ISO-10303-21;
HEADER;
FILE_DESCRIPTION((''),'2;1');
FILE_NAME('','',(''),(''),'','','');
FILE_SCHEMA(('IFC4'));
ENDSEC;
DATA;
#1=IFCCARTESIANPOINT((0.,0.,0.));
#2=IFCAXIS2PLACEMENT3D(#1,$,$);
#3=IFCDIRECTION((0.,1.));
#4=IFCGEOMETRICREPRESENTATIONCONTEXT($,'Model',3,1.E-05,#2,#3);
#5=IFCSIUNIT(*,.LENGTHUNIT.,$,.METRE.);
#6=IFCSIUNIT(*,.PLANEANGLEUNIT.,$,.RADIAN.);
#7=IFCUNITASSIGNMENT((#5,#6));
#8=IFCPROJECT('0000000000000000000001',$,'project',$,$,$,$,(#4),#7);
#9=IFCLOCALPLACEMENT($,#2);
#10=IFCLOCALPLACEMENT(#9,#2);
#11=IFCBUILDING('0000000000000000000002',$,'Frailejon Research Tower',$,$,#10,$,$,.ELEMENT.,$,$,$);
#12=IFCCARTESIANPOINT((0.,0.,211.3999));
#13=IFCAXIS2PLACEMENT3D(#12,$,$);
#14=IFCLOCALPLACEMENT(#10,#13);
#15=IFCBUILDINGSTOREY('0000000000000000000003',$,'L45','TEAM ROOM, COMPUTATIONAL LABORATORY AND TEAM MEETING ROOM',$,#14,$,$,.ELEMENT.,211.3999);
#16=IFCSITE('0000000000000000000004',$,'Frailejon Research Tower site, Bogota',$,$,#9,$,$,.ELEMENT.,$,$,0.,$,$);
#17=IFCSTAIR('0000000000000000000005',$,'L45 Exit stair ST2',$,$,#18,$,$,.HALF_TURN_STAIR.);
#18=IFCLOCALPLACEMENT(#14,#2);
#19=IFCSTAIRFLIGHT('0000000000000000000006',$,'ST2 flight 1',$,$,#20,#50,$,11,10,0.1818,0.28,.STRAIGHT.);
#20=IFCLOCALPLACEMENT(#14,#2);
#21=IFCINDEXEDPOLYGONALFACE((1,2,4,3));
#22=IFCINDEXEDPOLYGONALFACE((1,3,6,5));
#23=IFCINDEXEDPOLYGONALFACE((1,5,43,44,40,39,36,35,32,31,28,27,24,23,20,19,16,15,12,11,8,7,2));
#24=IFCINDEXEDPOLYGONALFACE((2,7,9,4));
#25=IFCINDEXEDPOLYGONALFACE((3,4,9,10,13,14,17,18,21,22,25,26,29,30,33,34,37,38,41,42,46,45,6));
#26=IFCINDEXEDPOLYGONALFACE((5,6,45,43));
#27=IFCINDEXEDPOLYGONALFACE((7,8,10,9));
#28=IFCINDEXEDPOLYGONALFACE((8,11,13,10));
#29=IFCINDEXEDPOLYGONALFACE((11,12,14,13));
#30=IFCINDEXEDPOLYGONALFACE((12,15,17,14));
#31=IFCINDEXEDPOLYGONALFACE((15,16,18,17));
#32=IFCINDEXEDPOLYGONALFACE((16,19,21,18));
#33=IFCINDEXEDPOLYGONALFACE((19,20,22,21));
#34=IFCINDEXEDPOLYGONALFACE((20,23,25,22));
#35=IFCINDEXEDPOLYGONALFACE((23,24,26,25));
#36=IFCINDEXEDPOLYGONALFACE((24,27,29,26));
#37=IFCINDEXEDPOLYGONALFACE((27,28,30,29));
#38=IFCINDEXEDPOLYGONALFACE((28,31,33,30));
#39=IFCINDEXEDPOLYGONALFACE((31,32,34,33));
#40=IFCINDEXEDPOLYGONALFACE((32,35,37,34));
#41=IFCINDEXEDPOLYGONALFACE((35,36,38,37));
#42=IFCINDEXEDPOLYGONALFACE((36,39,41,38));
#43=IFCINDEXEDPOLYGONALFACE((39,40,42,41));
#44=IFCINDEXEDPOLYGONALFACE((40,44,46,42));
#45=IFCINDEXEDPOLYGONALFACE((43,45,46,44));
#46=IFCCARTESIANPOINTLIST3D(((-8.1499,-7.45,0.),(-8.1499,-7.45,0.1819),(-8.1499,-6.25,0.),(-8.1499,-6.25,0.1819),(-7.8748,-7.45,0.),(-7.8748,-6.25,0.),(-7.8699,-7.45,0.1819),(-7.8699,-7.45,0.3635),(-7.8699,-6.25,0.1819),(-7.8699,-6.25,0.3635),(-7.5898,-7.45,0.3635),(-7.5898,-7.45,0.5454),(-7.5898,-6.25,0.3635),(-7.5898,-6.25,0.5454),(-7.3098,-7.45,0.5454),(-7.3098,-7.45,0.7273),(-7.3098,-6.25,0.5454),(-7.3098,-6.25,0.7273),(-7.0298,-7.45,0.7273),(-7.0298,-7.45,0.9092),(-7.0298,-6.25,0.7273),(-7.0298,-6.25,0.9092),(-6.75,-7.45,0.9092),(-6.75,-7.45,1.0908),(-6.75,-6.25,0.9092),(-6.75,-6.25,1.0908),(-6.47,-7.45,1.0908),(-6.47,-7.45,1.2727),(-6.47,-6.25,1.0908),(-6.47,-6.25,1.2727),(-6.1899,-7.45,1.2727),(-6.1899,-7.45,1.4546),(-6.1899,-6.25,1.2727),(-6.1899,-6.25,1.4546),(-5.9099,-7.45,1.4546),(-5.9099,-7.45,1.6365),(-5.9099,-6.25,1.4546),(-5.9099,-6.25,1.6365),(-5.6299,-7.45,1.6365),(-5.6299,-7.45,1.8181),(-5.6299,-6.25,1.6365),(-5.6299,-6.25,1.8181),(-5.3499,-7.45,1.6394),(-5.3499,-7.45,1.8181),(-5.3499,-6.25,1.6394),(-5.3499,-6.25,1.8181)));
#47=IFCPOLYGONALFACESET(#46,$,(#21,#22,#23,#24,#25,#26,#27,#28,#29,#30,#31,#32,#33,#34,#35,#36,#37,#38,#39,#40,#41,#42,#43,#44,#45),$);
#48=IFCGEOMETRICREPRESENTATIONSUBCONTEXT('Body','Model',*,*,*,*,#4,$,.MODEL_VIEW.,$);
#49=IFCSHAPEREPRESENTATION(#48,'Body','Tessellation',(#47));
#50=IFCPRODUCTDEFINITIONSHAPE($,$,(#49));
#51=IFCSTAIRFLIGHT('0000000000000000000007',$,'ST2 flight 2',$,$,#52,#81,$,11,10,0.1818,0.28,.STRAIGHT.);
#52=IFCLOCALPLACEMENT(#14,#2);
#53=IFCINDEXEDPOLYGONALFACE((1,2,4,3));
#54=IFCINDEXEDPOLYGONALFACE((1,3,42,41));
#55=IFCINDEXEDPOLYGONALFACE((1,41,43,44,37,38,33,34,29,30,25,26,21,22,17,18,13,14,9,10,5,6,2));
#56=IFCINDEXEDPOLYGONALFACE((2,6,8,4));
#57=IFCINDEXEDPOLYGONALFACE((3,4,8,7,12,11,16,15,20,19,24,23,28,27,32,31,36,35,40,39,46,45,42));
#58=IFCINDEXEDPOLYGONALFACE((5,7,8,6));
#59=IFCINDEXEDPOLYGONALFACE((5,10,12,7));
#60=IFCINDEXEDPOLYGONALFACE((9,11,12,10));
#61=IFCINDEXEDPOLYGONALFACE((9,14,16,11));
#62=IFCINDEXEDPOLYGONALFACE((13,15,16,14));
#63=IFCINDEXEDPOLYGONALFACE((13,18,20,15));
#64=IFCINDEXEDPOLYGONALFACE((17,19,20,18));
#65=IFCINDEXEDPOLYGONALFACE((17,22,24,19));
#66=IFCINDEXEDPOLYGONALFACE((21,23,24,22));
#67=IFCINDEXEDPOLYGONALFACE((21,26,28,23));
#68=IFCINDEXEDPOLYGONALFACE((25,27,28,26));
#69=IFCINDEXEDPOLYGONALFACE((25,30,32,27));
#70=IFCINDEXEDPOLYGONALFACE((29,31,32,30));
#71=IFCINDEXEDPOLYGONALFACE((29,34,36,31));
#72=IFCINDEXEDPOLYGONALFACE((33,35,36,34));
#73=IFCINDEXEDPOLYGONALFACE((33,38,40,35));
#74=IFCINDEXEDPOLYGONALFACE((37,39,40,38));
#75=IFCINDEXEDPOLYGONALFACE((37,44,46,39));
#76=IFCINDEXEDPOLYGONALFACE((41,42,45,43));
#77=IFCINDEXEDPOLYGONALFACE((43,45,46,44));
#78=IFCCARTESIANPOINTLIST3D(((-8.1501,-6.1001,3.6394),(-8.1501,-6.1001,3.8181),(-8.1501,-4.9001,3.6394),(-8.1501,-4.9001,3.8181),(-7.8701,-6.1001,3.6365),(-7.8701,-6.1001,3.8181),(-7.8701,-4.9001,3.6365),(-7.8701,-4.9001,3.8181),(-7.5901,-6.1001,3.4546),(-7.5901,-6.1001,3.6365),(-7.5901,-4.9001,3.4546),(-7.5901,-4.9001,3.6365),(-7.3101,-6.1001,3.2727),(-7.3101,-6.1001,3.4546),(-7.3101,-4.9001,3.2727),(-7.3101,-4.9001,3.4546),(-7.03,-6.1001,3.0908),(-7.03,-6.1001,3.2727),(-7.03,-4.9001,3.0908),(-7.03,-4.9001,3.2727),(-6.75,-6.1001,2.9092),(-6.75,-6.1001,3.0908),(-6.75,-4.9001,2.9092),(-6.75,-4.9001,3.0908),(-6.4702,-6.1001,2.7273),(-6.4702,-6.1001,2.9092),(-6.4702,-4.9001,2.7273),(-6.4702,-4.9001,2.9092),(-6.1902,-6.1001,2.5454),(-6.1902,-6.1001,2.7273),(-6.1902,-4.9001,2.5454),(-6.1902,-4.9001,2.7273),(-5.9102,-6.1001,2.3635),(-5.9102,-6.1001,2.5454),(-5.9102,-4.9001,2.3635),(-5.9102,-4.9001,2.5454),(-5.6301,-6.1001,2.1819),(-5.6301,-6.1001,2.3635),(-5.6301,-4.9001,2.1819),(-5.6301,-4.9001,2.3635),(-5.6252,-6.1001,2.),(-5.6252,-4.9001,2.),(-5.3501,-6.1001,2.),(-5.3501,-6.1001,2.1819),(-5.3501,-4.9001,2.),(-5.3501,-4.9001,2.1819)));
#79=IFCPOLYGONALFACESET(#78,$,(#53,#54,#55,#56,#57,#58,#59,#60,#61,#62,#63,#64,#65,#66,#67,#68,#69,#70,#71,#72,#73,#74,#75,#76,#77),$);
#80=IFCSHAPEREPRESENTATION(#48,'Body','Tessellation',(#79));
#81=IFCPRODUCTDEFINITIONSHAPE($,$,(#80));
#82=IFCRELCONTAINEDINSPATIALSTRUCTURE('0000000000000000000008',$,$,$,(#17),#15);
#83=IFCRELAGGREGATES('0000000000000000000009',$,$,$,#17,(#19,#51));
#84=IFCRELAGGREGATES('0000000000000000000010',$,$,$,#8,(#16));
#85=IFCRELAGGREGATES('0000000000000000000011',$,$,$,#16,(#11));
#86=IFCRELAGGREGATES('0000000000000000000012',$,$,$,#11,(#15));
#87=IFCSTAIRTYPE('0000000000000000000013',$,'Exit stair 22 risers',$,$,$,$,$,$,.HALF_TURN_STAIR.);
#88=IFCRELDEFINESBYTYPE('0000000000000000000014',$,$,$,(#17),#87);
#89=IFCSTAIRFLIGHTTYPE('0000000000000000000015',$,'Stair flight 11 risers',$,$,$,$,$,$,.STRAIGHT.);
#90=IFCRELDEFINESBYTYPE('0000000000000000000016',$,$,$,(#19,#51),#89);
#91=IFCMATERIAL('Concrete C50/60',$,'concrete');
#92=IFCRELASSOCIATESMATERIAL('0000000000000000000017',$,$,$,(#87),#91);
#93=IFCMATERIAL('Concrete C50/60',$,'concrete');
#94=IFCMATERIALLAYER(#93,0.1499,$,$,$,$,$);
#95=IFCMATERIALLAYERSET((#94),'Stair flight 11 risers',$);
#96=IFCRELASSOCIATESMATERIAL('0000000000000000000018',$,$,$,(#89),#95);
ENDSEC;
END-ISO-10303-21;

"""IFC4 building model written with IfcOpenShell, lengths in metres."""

from ifc_helpers import new_model, si_unit, direction, frame, origin, place, context, subcontext, project, spatial, polyline, outline, extrude, material, layer, layer_set, type_object, element, aggregate, save


model = new_model("IFC4")

# Units and contexts
model_context = context("Model", 3, precision=1e-05, world=origin(), true_north=direction((0.0, 1.0)))
body_context = subcontext(model_context, "Body", "Model", "MODEL_VIEW")
ifc_project = project(units=[si_unit("LENGTHUNIT", "METRE"), si_unit("PLANEANGLEUNIT", "RADIAN")], contexts=[model_context])

# Site, building, storey
site_placement = place(None, origin())
site = spatial("IfcSite", under=ifc_project, at=site_placement, Name="Frailejon Research Tower site, Bogota", CompositionType="ELEMENT", RefElevation=0.0)
building_placement = place(site_placement, origin())
building = spatial("IfcBuilding", under=site, at=building_placement, Name="Frailejon Research Tower", CompositionType="ELEMENT")
storey_placement = place(building_placement, frame((0.0, 0.0, 211.3999)))
storey = spatial("IfcBuildingStorey", under=building, at=storey_placement, Name="L45", Description="TEAM ROOM, COMPUTATIONAL LABORATORY AND TEAM MEETING ROOM", CompositionType="ELEMENT", Elevation=211.3999)

# Stair, stair flights
ifc_material_1 = material(Name="Concrete C50/60", Category="concrete")
stair_type = type_object("IfcStairType", Name="Exit stair 22 risers", PredefinedType="HALF_TURN_STAIR", material=ifc_material_1)
stair_placement = place(storey_placement, origin())
stair = element("IfcStair", 1, at=stair_placement, inside=storey, type_object=stair_type, Name="L45 Exit stair ST2", PredefinedType="HALF_TURN_STAIR")
ifc_material_2 = material(Name="Concrete C50/60", Category="concrete")
ifc_layer_1 = layer(ifc_material_2, 0.1499)
ifc_layer_set_1 = layer_set([ifc_layer_1], Name="Stair flight 11 risers")
stair_flight_type = type_object("IfcStairFlightType", Name="Stair flight 11 risers", PredefinedType="STRAIGHT", material=ifc_layer_set_1)
stair_flight_1_placement = place(storey_placement, frame((-8.1499, -6.8501, 0.0), z_axis=(0.0, 0.0, 1.0), x_axis=(1.0, 0.0, 0.0)))
stair_flight_1 = element("IfcStairFlight", 2, at=stair_flight_1_placement, type_object=stair_flight_type, Name="ST2 flight 1", NumberOfRisers=11, NumberOfTreads=10, PredefinedType="STRAIGHT", RiserHeight=0.1818, TreadLength=0.28, context=body_context, shape_type="SweptSolid", body=[
    extrude(outline(polyline([(0.0, 0.0), (0.0, 0.1819), (0.28, 0.1819), (0.28, 0.3635), (0.5601, 0.3635), (0.5601, 0.5454), (0.8401, 0.5454), (0.8401, 0.7273), (1.1201, 0.7273), (1.1201, 0.9092), (1.3999, 0.9092), (1.3999, 1.0908), (1.6799, 1.0908), (1.6799, 1.2727), (1.96, 1.2727), (1.96, 1.4546), (2.24, 1.4546), (2.24, 1.6365), (2.52, 1.6365), (2.52, 1.8181), (2.8, 1.8181), (2.8, 2.0), (2.8, 1.6394), (0.2751, 0.0), (0.0, 0.0)])), frame((0.0, 0.6001, 0.0), z_axis=(0.0, -1.0, 0.0), x_axis=(1.0, 0.0, 0.0)), (0.0, 0.0, 1.0), 1.2),
])
stair_flight_2_placement = place(storey_placement, frame((-5.3501, -5.5, 2.0), z_axis=(0.0, 0.0, 1.0), x_axis=(-1.0, 0.0, 0.0)))
stair_flight_2 = element("IfcStairFlight", 3, at=stair_flight_2_placement, type_object=stair_flight_type, Name="ST2 flight 2", NumberOfRisers=11, NumberOfTreads=10, PredefinedType="STRAIGHT", RiserHeight=0.1818, TreadLength=0.28, context=body_context, shape_type="SweptSolid", body=[
    extrude(outline(polyline([(0.0, 0.0), (0.0, 0.1819), (0.28, 0.1819), (0.28, 0.3635), (0.5601, 0.3635), (0.5601, 0.5454), (0.8401, 0.5454), (0.8401, 0.7273), (1.1201, 0.7273), (1.1201, 0.9092), (1.3999, 0.9092), (1.3999, 1.0908), (1.6799, 1.0908), (1.6799, 1.2727), (1.96, 1.2727), (1.96, 1.4546), (2.24, 1.4546), (2.24, 1.6365), (2.52, 1.6365), (2.52, 1.8181), (2.8, 1.8181), (2.8, 2.0), (2.8, 1.6394), (0.2751, 0.0), (0.0, 0.0)])), frame((0.0, 0.6001, 0.0), z_axis=(0.0, -1.0, 0.0), x_axis=(1.0, 0.0, 0.0)), (0.0, 0.0, 1.0), 1.2),
])
aggregate(stair, [stair_flight_1, stair_flight_2])

save(model, "model.ifc")
